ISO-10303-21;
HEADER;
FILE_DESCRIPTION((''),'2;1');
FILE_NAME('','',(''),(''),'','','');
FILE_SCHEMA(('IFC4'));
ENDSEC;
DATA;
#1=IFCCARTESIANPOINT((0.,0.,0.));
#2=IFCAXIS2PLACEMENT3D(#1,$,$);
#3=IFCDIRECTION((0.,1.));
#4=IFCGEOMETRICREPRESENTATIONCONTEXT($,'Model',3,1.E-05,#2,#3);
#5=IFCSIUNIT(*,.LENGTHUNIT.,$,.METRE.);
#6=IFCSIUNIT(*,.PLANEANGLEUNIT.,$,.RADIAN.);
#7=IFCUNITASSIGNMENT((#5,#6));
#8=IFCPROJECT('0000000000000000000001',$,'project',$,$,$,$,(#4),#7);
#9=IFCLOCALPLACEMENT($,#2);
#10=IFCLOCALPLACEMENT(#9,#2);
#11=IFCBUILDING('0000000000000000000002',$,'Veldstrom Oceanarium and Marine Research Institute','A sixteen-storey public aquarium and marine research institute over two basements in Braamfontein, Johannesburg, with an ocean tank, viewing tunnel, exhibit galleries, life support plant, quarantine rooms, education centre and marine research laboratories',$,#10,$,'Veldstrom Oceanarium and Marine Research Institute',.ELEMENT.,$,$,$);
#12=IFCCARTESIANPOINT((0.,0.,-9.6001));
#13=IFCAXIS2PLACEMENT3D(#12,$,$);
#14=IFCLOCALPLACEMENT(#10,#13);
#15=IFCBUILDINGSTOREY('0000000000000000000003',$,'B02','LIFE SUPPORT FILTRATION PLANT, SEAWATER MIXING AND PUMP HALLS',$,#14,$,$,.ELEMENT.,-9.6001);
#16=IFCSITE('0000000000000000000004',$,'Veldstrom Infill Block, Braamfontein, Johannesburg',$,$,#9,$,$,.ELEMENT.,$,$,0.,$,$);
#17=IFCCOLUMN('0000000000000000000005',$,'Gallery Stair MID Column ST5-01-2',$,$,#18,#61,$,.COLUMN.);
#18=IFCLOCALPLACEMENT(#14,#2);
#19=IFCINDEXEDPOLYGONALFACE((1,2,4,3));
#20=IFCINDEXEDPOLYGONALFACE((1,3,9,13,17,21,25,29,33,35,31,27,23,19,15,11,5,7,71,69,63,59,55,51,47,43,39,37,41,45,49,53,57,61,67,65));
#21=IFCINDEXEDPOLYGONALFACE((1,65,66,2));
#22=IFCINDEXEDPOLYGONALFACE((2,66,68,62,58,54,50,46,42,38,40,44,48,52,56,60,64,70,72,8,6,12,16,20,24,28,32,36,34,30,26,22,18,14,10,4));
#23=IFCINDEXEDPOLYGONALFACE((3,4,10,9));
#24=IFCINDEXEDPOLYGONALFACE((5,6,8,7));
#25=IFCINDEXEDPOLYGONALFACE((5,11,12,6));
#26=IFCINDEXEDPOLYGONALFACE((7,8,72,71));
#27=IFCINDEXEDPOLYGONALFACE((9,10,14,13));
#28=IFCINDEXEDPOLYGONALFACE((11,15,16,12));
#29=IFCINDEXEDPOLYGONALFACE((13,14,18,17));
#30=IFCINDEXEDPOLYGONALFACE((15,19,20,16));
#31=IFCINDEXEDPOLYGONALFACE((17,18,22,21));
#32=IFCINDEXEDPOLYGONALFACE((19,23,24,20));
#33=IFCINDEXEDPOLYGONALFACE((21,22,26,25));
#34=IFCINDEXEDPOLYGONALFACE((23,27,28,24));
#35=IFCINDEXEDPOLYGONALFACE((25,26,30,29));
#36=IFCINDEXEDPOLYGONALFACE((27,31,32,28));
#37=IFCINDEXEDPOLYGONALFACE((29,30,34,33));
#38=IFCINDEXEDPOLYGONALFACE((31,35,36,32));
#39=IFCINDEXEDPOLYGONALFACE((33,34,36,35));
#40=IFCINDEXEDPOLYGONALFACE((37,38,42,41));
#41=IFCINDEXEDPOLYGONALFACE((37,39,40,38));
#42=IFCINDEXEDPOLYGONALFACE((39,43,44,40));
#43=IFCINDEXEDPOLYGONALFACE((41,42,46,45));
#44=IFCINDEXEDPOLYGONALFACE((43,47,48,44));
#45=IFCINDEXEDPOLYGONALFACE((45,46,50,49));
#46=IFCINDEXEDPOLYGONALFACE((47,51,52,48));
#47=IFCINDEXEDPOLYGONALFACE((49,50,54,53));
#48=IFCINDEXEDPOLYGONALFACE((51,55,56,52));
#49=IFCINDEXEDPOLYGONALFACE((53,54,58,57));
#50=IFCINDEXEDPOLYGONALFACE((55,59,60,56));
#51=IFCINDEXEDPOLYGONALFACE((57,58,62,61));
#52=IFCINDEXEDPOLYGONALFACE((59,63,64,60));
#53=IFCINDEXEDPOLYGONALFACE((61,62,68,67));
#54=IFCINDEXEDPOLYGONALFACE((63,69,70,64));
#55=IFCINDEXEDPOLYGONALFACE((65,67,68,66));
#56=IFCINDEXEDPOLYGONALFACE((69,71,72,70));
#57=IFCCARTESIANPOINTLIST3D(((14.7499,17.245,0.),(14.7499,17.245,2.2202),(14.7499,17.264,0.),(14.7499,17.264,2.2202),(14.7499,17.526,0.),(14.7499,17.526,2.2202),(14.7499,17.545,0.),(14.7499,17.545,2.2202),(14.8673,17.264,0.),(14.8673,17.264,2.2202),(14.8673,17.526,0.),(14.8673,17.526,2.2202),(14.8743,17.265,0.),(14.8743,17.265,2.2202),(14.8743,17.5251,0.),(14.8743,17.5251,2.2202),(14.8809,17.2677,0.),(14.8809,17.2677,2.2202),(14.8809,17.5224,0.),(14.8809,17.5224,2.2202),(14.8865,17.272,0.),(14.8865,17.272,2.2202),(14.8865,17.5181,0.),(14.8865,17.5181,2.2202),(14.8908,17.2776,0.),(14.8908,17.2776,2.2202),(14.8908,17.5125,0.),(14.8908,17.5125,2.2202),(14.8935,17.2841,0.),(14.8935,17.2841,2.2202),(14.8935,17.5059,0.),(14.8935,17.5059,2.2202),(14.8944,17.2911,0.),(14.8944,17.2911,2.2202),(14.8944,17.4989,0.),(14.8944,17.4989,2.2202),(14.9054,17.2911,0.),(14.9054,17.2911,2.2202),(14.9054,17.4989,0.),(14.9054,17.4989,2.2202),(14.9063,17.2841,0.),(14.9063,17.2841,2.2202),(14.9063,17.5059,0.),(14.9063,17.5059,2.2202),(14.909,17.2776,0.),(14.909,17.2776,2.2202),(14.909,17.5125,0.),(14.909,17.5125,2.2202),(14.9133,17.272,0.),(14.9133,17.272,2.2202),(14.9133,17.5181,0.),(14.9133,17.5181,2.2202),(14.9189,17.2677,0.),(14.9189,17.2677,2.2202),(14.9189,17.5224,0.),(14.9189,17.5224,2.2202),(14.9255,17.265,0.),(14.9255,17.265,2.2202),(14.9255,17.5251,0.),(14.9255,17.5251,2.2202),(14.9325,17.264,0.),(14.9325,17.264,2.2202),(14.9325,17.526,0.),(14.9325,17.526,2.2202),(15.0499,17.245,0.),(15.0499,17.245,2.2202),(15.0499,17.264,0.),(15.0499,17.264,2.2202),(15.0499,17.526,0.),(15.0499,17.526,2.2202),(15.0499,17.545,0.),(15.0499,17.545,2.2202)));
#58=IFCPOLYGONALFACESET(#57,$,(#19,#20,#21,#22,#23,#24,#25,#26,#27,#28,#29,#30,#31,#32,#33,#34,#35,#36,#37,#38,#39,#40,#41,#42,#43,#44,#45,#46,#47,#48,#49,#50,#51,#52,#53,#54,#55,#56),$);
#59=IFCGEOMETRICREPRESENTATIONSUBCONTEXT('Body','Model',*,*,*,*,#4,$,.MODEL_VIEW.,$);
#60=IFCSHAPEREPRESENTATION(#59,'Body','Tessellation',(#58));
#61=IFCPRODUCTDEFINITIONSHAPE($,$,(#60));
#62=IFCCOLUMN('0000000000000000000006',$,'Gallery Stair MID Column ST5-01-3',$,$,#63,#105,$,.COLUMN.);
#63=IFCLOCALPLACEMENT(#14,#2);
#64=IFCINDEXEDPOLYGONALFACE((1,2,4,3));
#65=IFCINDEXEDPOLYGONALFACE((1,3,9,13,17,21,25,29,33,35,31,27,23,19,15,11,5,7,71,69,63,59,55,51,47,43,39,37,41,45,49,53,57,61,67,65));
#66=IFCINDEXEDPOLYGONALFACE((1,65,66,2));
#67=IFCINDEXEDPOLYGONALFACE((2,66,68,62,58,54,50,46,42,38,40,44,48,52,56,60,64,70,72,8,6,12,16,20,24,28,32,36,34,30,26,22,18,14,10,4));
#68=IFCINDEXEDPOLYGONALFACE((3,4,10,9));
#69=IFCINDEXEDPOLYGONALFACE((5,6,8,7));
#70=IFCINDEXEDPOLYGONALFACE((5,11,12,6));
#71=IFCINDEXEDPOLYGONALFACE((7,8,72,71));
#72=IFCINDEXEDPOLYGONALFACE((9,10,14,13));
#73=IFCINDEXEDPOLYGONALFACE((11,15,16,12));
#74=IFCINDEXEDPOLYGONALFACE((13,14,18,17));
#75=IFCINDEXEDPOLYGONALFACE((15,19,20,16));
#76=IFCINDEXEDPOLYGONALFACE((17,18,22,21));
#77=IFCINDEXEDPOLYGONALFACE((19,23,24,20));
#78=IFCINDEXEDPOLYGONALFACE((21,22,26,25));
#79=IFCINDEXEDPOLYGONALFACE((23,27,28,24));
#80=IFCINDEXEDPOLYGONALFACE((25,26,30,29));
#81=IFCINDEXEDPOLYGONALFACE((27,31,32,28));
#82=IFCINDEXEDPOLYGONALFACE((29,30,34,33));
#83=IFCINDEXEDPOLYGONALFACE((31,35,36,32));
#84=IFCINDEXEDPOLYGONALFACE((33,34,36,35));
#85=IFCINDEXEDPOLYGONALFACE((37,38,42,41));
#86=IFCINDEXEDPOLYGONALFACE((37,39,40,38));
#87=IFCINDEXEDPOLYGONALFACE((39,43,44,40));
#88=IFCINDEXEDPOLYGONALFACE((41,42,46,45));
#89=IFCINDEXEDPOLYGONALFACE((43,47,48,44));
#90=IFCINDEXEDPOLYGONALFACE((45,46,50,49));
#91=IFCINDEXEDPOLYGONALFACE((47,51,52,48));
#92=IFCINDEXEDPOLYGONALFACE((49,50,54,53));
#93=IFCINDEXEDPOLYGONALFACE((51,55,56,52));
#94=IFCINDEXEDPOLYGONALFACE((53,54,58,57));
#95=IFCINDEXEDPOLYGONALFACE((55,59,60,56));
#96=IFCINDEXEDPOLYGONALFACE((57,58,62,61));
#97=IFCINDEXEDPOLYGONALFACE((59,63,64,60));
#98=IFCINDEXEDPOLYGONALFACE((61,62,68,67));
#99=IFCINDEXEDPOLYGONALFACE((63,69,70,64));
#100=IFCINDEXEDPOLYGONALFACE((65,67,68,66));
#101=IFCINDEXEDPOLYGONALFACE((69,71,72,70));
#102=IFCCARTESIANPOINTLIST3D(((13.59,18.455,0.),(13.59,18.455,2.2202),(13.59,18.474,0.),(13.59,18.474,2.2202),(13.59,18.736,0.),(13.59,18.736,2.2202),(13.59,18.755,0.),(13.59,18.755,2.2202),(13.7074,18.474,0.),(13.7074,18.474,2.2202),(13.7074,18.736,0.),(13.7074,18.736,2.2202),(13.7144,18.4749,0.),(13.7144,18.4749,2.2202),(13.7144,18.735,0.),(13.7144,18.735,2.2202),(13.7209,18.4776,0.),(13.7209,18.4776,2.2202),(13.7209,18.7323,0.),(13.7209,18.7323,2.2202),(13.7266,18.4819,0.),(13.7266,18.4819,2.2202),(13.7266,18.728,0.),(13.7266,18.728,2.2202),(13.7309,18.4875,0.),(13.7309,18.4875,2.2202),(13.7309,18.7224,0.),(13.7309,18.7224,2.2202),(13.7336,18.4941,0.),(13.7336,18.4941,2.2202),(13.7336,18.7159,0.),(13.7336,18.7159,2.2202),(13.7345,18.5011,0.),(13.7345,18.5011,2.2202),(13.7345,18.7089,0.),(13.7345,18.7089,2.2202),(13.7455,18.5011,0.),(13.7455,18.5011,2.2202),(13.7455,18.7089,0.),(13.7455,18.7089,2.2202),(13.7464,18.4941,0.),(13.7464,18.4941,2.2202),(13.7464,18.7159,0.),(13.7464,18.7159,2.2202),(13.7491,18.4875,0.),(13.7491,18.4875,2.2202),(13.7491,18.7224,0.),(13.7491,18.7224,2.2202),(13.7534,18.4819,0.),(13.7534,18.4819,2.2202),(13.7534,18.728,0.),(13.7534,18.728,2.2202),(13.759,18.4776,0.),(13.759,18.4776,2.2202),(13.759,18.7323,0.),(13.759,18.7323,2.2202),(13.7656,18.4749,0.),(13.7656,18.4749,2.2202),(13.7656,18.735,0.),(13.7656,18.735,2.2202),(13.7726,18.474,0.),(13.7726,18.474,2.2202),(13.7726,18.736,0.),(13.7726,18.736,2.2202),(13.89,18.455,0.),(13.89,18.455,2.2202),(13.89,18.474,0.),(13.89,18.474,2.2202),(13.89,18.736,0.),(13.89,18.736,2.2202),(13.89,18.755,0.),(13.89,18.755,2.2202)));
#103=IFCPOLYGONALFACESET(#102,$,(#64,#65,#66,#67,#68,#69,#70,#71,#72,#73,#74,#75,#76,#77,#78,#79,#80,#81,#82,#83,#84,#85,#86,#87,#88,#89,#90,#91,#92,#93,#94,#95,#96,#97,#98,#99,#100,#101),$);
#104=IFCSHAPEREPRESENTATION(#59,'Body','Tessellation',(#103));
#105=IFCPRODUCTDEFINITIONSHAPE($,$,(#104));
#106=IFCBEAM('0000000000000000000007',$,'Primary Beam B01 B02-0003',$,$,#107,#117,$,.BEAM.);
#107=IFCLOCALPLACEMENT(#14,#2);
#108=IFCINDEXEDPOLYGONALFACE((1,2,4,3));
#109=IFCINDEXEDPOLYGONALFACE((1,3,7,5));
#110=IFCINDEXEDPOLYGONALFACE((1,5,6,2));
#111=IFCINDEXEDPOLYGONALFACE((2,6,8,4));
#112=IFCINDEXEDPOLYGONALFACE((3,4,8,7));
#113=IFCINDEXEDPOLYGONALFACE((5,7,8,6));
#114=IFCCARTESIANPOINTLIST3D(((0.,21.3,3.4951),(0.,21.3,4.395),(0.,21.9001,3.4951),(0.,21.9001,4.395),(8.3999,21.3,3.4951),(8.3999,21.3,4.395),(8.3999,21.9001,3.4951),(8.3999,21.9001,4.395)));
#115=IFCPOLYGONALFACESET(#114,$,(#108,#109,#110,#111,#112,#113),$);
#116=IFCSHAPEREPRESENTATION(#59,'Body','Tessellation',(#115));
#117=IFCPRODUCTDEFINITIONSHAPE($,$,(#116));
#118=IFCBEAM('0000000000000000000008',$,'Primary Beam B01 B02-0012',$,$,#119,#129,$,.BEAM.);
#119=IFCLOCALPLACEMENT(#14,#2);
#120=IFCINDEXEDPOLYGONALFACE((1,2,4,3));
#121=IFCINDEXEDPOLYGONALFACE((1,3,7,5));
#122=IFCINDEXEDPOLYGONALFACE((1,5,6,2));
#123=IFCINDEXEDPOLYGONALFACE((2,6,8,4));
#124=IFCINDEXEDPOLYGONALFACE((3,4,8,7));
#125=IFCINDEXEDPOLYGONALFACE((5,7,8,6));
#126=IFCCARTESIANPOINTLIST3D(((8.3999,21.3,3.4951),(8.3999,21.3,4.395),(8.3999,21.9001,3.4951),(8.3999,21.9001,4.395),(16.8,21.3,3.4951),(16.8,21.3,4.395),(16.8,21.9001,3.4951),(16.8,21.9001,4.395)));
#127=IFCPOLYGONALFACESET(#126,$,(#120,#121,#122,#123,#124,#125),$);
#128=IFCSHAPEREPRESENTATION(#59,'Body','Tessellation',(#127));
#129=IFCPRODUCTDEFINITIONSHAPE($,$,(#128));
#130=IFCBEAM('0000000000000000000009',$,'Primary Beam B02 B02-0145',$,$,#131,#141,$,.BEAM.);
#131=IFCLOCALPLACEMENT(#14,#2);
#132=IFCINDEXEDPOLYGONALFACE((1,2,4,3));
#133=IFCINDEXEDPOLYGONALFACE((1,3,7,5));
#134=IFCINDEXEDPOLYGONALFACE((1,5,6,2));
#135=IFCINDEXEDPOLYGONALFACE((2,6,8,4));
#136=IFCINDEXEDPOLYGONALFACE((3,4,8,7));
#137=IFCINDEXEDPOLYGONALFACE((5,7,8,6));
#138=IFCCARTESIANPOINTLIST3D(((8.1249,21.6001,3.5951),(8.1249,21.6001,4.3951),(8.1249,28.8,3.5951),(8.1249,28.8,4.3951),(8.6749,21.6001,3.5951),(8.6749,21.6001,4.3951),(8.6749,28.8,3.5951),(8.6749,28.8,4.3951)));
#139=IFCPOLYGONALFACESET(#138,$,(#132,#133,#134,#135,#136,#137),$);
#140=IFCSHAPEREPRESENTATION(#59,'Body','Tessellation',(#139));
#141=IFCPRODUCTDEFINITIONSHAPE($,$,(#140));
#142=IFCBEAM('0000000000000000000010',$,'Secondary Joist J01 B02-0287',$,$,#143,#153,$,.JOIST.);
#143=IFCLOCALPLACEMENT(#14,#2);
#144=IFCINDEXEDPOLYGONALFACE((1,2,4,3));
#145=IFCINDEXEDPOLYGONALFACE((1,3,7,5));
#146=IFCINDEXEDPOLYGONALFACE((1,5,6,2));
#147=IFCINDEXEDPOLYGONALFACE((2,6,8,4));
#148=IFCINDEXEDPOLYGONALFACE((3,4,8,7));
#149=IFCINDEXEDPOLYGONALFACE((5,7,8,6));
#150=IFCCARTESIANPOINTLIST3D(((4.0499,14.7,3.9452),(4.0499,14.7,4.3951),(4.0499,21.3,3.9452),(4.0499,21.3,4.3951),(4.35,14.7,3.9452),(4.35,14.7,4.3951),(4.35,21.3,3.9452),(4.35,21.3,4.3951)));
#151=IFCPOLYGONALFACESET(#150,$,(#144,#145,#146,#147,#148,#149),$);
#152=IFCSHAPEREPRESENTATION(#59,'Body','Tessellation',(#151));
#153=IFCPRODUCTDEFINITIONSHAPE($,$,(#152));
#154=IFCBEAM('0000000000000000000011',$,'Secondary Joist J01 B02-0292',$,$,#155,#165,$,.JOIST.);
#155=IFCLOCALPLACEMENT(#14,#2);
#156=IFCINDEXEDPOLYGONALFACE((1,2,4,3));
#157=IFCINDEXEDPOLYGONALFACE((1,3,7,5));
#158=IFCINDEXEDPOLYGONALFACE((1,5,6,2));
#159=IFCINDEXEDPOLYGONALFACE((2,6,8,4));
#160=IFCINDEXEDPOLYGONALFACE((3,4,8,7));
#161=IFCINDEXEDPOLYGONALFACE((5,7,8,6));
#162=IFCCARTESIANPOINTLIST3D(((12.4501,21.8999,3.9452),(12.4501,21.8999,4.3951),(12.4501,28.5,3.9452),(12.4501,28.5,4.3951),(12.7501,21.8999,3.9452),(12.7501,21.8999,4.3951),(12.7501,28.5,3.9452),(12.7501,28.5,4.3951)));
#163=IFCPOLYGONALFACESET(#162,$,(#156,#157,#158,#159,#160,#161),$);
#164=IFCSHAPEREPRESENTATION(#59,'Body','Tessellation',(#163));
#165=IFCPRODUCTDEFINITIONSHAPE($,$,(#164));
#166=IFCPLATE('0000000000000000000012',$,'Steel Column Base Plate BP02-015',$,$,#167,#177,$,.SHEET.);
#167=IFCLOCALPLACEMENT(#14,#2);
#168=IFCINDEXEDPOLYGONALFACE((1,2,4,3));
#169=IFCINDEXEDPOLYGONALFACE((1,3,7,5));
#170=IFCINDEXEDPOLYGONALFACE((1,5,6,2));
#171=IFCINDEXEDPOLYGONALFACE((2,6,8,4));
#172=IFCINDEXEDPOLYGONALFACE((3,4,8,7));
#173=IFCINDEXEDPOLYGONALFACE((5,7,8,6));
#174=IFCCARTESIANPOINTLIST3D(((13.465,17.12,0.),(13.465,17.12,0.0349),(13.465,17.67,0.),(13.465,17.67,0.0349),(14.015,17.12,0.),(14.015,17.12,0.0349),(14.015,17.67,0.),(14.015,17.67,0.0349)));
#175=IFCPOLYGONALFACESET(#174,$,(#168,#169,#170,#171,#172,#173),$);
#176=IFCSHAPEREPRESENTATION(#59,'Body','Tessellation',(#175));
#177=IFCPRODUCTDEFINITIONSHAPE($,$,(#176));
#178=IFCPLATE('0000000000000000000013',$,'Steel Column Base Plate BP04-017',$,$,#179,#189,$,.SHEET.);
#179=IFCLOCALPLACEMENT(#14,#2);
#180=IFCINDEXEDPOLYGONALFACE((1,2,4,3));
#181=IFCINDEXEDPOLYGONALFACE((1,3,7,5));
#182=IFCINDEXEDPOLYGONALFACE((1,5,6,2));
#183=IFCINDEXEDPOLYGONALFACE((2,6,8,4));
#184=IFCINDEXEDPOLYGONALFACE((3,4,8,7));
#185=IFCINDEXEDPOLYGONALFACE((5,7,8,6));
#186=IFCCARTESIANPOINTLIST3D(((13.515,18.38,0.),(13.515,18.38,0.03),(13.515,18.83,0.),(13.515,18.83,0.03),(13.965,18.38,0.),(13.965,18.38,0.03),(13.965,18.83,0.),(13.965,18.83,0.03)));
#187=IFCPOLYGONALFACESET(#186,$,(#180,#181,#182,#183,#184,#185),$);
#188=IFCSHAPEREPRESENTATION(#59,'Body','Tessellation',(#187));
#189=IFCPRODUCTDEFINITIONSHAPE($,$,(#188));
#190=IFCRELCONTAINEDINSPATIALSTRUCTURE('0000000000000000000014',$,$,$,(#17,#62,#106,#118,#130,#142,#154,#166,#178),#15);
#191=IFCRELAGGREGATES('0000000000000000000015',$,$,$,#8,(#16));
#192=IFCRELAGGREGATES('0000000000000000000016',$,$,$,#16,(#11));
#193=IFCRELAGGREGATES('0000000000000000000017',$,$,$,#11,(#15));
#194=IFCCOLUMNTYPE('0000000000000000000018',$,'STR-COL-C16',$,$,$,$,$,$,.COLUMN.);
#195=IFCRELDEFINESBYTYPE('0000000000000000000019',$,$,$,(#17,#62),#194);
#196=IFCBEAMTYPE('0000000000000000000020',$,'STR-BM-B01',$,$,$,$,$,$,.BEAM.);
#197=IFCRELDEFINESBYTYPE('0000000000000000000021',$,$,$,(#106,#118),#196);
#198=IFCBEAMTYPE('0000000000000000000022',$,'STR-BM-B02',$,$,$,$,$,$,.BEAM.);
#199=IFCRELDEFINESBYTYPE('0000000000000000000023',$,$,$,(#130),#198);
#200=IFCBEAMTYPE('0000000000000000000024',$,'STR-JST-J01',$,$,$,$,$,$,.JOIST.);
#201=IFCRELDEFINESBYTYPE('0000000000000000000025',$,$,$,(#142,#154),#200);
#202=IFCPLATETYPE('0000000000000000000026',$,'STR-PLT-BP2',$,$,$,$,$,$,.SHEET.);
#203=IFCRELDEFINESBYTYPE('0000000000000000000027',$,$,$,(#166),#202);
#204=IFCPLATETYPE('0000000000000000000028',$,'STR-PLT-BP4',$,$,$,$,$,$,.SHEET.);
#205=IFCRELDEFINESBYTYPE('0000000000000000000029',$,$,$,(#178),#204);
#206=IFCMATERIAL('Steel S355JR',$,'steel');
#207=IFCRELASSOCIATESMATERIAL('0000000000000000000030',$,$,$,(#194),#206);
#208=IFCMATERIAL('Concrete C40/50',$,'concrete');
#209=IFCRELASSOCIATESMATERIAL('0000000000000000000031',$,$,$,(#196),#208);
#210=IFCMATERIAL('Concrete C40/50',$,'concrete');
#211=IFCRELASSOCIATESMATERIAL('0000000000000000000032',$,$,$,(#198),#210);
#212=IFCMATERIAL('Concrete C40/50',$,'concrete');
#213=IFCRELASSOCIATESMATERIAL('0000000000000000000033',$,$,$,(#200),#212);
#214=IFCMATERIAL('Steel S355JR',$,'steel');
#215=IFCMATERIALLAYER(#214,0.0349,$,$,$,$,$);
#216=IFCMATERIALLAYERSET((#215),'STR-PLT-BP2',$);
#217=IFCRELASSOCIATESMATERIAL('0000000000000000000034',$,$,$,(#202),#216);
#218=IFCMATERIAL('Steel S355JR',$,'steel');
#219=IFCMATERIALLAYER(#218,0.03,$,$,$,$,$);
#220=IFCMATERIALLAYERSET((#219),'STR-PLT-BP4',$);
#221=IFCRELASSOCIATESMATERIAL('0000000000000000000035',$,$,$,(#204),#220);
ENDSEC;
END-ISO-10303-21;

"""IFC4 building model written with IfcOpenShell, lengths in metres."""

from ifc_helpers import new_model, si_unit, direction, frame, origin, origin_2d, place, context, subcontext, project, spatial, rectangle, i_section, extrude, material, layer, layer_set, material_profile, profile_set, type_object, element, save


model = new_model("IFC4")

# Units and contexts
model_context = context("Model", 3, precision=1e-05, world=origin(), true_north=direction((0.0, 1.0)))
body_context = subcontext(model_context, "Body", "Model", "MODEL_VIEW")
ifc_project = project(units=[si_unit("LENGTHUNIT", "METRE"), si_unit("PLANEANGLEUNIT", "RADIAN")], contexts=[model_context])

# Site, building, storey
site_placement = place(None, origin())
site = spatial("IfcSite", under=ifc_project, at=site_placement, Name="Veldstrom Infill Block, Braamfontein, Johannesburg", CompositionType="ELEMENT", RefElevation=0.0)
building_placement = place(site_placement, origin())
building = spatial("IfcBuilding", under=site, at=building_placement, Name="Veldstrom Oceanarium and Marine Research Institute", Description="A sixteen-storey public aquarium and marine research institute over two basements in Braamfontein, Johannesburg, with an ocean tank, viewing tunnel, exhibit galleries, life support plant, quarantine rooms, education centre and marine research laboratories", LongName="Veldstrom Oceanarium and Marine Research Institute", CompositionType="ELEMENT")
storey_placement = place(building_placement, frame((0.0, 0.0, -9.6001)))
storey = spatial("IfcBuildingStorey", under=building, at=storey_placement, Name="B02", Description="LIFE SUPPORT FILTRATION PLANT, SEAWATER MIXING AND PUMP HALLS", CompositionType="ELEMENT", Elevation=-9.6001)

# Columns
ifc_material_1 = material(Name="Steel S355JR", Category="steel")
ifc_material_profile_1 = material_profile(ifc_material_1, i_section(OverallWidth=0.3, OverallDepth=0.3, WebThickness=0.011, FlangeThickness=0.019, FilletRadius=0.0271, at=origin_2d()), Name="HEB 300")
ifc_profile_set_1 = profile_set([ifc_material_profile_1], Name="Steel S355JR")
column_type_1 = type_object("IfcColumnType", Name="STR-COL-C16", PredefinedType="COLUMN", material=ifc_profile_set_1)
for number, where, z_axis, x_axis, name in (
    (1, (14.8999, 17.395, 0.0), (0.0, 0.0, 1.0), (1.0, 0.0, 0.0), "Gallery Stair MID Column ST5-01-2"),
    (2, (13.74, 18.605, 0.0), (0.0, 0.0, 1.0), (1.0, 0.0, 0.0), "Gallery Stair MID Column ST5-01-3"),
):
    element("IfcColumn", number, at=place(storey_placement, frame(where, z_axis=z_axis, x_axis=x_axis)), inside=storey, type_object=column_type_1, Name=name, PredefinedType="COLUMN", context=body_context, shape_type="SweptSolid", body=[
        extrude(i_section(OverallWidth=0.3, OverallDepth=0.3, WebThickness=0.011, FlangeThickness=0.019, FilletRadius=0.0271, at=origin_2d()), origin(), (0.0, 0.0, 1.0), 2.2202),
    ])

# Beams
ifc_material_2 = material(Name="Concrete C40/50", Category="concrete")
ifc_material_profile_2 = material_profile(ifc_material_2, rectangle(XDim=0.6001, YDim=0.8999, at=origin_2d()), Name="RC-BM-600x900")
ifc_profile_set_2 = profile_set([ifc_material_profile_2], Name="Concrete C40/50")
beam_type_1 = type_object("IfcBeamType", Name="STR-BM-B01", PredefinedType="BEAM", material=ifc_profile_set_2)
beam_1_placement = place(storey_placement, frame((0.0, 21.6001, 3.9451), z_axis=(1.0, 0.0, 0.0), x_axis=(0.0, 1.0, 0.0)))
element("IfcBeam", 3, at=beam_1_placement, inside=storey, type_object=beam_type_1, Name="Primary Beam B01 B02-0003", PredefinedType="BEAM", context=body_context, shape_type="SweptSolid", body=[
    extrude(rectangle(XDim=0.6001, YDim=0.8999, at=origin_2d()), origin(), (0.0, 0.0, 1.0), 8.3999),
])
beam_2_placement = place(storey_placement, frame((8.3999, 21.6001, 3.9451), z_axis=(1.0, 0.0, 0.0), x_axis=(0.0, 1.0, 0.0)))
element("IfcBeam", 4, at=beam_2_placement, inside=storey, type_object=beam_type_1, Name="Primary Beam B01 B02-0012", PredefinedType="BEAM", context=body_context, shape_type="SweptSolid", body=[
    extrude(rectangle(XDim=0.6001, YDim=0.8999, at=origin_2d()), origin(), (0.0, 0.0, 1.0), 8.4001),
])
ifc_material_3 = material(Name="Concrete C40/50", Category="concrete")
ifc_material_profile_3 = material_profile(ifc_material_3, rectangle(XDim=0.55, YDim=0.8, at=origin_2d()), Name="RC-BM-550x800")
ifc_profile_set_3 = profile_set([ifc_material_profile_3], Name="Concrete C40/50")
beam_type_2 = type_object("IfcBeamType", Name="STR-BM-B02", PredefinedType="BEAM", material=ifc_profile_set_3)
beam_3_placement = place(storey_placement, frame((8.3999, 21.6001, 3.9951), z_axis=(0.0, 1.0, 0.0), x_axis=(-1.0, 0.0, 0.0)))
element("IfcBeam", 5, at=beam_3_placement, inside=storey, type_object=beam_type_2, Name="Primary Beam B02 B02-0145", PredefinedType="BEAM", context=body_context, shape_type="SweptSolid", body=[
    extrude(rectangle(XDim=0.55, YDim=0.8, at=origin_2d()), origin(), (0.0, 0.0, 1.0), 7.2),
])
ifc_material_4 = material(Name="Concrete C40/50", Category="concrete")
ifc_material_profile_4 = material_profile(ifc_material_4, rectangle(XDim=0.3, YDim=0.45, at=origin_2d()), Name="RC-JST-300x450")
ifc_profile_set_4 = profile_set([ifc_material_profile_4], Name="Concrete C40/50")
beam_type_3 = type_object("IfcBeamType", Name="STR-JST-J01", PredefinedType="JOIST", material=ifc_profile_set_4)
for number, where, z_axis, x_axis, name in (
    (6, (4.2, 14.7, 4.1702), (0.0, 1.0, 0.0), (-1.0, 0.0, 0.0), "Secondary Joist J01 B02-0287"),
    (7, (12.6001, 21.8999, 4.1702), (0.0, 1.0, 0.0), (-1.0, 0.0, 0.0), "Secondary Joist J01 B02-0292"),
):
    element("IfcBeam", number, at=place(storey_placement, frame(where, z_axis=z_axis, x_axis=x_axis)), inside=storey, type_object=beam_type_3, Name=name, PredefinedType="JOIST", context=body_context, shape_type="SweptSolid", body=[
        extrude(rectangle(XDim=0.3, YDim=0.45, at=origin_2d()), origin(), (0.0, 0.0, 1.0), 6.6001),
    ])

# Plates
ifc_material_5 = material(Name="Steel S355JR", Category="steel")
ifc_layer_1 = layer(ifc_material_5, 0.0349)
ifc_layer_set_1 = layer_set([ifc_layer_1], Name="STR-PLT-BP2")
plate_type_1 = type_object("IfcPlateType", Name="STR-PLT-BP2", PredefinedType="SHEET", material=ifc_layer_set_1)
plate_1_placement = place(storey_placement, frame((13.74, 17.395, 0.0), z_axis=(0.0, 0.0, 1.0), x_axis=(1.0, 0.0, 0.0)))
element("IfcPlate", 8, at=plate_1_placement, inside=storey, type_object=plate_type_1, Name="Steel Column Base Plate BP02-015", PredefinedType="SHEET", context=body_context, shape_type="SweptSolid", body=[
    extrude(rectangle(XDim=0.55, YDim=0.55, at=origin_2d()), origin(), (0.0, 0.0, 1.0), 0.0349),
])
ifc_material_6 = material(Name="Steel S355JR", Category="steel")
ifc_layer_2 = layer(ifc_material_6, 0.03)
ifc_layer_set_2 = layer_set([ifc_layer_2], Name="STR-PLT-BP4")
plate_type_2 = type_object("IfcPlateType", Name="STR-PLT-BP4", PredefinedType="SHEET", material=ifc_layer_set_2)
plate_2_placement = place(storey_placement, frame((13.74, 18.605, 0.0), z_axis=(0.0, 0.0, 1.0), x_axis=(1.0, 0.0, 0.0)))
element("IfcPlate", 9, at=plate_2_placement, inside=storey, type_object=plate_type_2, Name="Steel Column Base Plate BP04-017", PredefinedType="SHEET", context=body_context, shape_type="SweptSolid", body=[
    extrude(rectangle(XDim=0.45, YDim=0.45, at=origin_2d()), origin(), (0.0, 0.0, 1.0), 0.03),
])

save(model, "model.ifc")
